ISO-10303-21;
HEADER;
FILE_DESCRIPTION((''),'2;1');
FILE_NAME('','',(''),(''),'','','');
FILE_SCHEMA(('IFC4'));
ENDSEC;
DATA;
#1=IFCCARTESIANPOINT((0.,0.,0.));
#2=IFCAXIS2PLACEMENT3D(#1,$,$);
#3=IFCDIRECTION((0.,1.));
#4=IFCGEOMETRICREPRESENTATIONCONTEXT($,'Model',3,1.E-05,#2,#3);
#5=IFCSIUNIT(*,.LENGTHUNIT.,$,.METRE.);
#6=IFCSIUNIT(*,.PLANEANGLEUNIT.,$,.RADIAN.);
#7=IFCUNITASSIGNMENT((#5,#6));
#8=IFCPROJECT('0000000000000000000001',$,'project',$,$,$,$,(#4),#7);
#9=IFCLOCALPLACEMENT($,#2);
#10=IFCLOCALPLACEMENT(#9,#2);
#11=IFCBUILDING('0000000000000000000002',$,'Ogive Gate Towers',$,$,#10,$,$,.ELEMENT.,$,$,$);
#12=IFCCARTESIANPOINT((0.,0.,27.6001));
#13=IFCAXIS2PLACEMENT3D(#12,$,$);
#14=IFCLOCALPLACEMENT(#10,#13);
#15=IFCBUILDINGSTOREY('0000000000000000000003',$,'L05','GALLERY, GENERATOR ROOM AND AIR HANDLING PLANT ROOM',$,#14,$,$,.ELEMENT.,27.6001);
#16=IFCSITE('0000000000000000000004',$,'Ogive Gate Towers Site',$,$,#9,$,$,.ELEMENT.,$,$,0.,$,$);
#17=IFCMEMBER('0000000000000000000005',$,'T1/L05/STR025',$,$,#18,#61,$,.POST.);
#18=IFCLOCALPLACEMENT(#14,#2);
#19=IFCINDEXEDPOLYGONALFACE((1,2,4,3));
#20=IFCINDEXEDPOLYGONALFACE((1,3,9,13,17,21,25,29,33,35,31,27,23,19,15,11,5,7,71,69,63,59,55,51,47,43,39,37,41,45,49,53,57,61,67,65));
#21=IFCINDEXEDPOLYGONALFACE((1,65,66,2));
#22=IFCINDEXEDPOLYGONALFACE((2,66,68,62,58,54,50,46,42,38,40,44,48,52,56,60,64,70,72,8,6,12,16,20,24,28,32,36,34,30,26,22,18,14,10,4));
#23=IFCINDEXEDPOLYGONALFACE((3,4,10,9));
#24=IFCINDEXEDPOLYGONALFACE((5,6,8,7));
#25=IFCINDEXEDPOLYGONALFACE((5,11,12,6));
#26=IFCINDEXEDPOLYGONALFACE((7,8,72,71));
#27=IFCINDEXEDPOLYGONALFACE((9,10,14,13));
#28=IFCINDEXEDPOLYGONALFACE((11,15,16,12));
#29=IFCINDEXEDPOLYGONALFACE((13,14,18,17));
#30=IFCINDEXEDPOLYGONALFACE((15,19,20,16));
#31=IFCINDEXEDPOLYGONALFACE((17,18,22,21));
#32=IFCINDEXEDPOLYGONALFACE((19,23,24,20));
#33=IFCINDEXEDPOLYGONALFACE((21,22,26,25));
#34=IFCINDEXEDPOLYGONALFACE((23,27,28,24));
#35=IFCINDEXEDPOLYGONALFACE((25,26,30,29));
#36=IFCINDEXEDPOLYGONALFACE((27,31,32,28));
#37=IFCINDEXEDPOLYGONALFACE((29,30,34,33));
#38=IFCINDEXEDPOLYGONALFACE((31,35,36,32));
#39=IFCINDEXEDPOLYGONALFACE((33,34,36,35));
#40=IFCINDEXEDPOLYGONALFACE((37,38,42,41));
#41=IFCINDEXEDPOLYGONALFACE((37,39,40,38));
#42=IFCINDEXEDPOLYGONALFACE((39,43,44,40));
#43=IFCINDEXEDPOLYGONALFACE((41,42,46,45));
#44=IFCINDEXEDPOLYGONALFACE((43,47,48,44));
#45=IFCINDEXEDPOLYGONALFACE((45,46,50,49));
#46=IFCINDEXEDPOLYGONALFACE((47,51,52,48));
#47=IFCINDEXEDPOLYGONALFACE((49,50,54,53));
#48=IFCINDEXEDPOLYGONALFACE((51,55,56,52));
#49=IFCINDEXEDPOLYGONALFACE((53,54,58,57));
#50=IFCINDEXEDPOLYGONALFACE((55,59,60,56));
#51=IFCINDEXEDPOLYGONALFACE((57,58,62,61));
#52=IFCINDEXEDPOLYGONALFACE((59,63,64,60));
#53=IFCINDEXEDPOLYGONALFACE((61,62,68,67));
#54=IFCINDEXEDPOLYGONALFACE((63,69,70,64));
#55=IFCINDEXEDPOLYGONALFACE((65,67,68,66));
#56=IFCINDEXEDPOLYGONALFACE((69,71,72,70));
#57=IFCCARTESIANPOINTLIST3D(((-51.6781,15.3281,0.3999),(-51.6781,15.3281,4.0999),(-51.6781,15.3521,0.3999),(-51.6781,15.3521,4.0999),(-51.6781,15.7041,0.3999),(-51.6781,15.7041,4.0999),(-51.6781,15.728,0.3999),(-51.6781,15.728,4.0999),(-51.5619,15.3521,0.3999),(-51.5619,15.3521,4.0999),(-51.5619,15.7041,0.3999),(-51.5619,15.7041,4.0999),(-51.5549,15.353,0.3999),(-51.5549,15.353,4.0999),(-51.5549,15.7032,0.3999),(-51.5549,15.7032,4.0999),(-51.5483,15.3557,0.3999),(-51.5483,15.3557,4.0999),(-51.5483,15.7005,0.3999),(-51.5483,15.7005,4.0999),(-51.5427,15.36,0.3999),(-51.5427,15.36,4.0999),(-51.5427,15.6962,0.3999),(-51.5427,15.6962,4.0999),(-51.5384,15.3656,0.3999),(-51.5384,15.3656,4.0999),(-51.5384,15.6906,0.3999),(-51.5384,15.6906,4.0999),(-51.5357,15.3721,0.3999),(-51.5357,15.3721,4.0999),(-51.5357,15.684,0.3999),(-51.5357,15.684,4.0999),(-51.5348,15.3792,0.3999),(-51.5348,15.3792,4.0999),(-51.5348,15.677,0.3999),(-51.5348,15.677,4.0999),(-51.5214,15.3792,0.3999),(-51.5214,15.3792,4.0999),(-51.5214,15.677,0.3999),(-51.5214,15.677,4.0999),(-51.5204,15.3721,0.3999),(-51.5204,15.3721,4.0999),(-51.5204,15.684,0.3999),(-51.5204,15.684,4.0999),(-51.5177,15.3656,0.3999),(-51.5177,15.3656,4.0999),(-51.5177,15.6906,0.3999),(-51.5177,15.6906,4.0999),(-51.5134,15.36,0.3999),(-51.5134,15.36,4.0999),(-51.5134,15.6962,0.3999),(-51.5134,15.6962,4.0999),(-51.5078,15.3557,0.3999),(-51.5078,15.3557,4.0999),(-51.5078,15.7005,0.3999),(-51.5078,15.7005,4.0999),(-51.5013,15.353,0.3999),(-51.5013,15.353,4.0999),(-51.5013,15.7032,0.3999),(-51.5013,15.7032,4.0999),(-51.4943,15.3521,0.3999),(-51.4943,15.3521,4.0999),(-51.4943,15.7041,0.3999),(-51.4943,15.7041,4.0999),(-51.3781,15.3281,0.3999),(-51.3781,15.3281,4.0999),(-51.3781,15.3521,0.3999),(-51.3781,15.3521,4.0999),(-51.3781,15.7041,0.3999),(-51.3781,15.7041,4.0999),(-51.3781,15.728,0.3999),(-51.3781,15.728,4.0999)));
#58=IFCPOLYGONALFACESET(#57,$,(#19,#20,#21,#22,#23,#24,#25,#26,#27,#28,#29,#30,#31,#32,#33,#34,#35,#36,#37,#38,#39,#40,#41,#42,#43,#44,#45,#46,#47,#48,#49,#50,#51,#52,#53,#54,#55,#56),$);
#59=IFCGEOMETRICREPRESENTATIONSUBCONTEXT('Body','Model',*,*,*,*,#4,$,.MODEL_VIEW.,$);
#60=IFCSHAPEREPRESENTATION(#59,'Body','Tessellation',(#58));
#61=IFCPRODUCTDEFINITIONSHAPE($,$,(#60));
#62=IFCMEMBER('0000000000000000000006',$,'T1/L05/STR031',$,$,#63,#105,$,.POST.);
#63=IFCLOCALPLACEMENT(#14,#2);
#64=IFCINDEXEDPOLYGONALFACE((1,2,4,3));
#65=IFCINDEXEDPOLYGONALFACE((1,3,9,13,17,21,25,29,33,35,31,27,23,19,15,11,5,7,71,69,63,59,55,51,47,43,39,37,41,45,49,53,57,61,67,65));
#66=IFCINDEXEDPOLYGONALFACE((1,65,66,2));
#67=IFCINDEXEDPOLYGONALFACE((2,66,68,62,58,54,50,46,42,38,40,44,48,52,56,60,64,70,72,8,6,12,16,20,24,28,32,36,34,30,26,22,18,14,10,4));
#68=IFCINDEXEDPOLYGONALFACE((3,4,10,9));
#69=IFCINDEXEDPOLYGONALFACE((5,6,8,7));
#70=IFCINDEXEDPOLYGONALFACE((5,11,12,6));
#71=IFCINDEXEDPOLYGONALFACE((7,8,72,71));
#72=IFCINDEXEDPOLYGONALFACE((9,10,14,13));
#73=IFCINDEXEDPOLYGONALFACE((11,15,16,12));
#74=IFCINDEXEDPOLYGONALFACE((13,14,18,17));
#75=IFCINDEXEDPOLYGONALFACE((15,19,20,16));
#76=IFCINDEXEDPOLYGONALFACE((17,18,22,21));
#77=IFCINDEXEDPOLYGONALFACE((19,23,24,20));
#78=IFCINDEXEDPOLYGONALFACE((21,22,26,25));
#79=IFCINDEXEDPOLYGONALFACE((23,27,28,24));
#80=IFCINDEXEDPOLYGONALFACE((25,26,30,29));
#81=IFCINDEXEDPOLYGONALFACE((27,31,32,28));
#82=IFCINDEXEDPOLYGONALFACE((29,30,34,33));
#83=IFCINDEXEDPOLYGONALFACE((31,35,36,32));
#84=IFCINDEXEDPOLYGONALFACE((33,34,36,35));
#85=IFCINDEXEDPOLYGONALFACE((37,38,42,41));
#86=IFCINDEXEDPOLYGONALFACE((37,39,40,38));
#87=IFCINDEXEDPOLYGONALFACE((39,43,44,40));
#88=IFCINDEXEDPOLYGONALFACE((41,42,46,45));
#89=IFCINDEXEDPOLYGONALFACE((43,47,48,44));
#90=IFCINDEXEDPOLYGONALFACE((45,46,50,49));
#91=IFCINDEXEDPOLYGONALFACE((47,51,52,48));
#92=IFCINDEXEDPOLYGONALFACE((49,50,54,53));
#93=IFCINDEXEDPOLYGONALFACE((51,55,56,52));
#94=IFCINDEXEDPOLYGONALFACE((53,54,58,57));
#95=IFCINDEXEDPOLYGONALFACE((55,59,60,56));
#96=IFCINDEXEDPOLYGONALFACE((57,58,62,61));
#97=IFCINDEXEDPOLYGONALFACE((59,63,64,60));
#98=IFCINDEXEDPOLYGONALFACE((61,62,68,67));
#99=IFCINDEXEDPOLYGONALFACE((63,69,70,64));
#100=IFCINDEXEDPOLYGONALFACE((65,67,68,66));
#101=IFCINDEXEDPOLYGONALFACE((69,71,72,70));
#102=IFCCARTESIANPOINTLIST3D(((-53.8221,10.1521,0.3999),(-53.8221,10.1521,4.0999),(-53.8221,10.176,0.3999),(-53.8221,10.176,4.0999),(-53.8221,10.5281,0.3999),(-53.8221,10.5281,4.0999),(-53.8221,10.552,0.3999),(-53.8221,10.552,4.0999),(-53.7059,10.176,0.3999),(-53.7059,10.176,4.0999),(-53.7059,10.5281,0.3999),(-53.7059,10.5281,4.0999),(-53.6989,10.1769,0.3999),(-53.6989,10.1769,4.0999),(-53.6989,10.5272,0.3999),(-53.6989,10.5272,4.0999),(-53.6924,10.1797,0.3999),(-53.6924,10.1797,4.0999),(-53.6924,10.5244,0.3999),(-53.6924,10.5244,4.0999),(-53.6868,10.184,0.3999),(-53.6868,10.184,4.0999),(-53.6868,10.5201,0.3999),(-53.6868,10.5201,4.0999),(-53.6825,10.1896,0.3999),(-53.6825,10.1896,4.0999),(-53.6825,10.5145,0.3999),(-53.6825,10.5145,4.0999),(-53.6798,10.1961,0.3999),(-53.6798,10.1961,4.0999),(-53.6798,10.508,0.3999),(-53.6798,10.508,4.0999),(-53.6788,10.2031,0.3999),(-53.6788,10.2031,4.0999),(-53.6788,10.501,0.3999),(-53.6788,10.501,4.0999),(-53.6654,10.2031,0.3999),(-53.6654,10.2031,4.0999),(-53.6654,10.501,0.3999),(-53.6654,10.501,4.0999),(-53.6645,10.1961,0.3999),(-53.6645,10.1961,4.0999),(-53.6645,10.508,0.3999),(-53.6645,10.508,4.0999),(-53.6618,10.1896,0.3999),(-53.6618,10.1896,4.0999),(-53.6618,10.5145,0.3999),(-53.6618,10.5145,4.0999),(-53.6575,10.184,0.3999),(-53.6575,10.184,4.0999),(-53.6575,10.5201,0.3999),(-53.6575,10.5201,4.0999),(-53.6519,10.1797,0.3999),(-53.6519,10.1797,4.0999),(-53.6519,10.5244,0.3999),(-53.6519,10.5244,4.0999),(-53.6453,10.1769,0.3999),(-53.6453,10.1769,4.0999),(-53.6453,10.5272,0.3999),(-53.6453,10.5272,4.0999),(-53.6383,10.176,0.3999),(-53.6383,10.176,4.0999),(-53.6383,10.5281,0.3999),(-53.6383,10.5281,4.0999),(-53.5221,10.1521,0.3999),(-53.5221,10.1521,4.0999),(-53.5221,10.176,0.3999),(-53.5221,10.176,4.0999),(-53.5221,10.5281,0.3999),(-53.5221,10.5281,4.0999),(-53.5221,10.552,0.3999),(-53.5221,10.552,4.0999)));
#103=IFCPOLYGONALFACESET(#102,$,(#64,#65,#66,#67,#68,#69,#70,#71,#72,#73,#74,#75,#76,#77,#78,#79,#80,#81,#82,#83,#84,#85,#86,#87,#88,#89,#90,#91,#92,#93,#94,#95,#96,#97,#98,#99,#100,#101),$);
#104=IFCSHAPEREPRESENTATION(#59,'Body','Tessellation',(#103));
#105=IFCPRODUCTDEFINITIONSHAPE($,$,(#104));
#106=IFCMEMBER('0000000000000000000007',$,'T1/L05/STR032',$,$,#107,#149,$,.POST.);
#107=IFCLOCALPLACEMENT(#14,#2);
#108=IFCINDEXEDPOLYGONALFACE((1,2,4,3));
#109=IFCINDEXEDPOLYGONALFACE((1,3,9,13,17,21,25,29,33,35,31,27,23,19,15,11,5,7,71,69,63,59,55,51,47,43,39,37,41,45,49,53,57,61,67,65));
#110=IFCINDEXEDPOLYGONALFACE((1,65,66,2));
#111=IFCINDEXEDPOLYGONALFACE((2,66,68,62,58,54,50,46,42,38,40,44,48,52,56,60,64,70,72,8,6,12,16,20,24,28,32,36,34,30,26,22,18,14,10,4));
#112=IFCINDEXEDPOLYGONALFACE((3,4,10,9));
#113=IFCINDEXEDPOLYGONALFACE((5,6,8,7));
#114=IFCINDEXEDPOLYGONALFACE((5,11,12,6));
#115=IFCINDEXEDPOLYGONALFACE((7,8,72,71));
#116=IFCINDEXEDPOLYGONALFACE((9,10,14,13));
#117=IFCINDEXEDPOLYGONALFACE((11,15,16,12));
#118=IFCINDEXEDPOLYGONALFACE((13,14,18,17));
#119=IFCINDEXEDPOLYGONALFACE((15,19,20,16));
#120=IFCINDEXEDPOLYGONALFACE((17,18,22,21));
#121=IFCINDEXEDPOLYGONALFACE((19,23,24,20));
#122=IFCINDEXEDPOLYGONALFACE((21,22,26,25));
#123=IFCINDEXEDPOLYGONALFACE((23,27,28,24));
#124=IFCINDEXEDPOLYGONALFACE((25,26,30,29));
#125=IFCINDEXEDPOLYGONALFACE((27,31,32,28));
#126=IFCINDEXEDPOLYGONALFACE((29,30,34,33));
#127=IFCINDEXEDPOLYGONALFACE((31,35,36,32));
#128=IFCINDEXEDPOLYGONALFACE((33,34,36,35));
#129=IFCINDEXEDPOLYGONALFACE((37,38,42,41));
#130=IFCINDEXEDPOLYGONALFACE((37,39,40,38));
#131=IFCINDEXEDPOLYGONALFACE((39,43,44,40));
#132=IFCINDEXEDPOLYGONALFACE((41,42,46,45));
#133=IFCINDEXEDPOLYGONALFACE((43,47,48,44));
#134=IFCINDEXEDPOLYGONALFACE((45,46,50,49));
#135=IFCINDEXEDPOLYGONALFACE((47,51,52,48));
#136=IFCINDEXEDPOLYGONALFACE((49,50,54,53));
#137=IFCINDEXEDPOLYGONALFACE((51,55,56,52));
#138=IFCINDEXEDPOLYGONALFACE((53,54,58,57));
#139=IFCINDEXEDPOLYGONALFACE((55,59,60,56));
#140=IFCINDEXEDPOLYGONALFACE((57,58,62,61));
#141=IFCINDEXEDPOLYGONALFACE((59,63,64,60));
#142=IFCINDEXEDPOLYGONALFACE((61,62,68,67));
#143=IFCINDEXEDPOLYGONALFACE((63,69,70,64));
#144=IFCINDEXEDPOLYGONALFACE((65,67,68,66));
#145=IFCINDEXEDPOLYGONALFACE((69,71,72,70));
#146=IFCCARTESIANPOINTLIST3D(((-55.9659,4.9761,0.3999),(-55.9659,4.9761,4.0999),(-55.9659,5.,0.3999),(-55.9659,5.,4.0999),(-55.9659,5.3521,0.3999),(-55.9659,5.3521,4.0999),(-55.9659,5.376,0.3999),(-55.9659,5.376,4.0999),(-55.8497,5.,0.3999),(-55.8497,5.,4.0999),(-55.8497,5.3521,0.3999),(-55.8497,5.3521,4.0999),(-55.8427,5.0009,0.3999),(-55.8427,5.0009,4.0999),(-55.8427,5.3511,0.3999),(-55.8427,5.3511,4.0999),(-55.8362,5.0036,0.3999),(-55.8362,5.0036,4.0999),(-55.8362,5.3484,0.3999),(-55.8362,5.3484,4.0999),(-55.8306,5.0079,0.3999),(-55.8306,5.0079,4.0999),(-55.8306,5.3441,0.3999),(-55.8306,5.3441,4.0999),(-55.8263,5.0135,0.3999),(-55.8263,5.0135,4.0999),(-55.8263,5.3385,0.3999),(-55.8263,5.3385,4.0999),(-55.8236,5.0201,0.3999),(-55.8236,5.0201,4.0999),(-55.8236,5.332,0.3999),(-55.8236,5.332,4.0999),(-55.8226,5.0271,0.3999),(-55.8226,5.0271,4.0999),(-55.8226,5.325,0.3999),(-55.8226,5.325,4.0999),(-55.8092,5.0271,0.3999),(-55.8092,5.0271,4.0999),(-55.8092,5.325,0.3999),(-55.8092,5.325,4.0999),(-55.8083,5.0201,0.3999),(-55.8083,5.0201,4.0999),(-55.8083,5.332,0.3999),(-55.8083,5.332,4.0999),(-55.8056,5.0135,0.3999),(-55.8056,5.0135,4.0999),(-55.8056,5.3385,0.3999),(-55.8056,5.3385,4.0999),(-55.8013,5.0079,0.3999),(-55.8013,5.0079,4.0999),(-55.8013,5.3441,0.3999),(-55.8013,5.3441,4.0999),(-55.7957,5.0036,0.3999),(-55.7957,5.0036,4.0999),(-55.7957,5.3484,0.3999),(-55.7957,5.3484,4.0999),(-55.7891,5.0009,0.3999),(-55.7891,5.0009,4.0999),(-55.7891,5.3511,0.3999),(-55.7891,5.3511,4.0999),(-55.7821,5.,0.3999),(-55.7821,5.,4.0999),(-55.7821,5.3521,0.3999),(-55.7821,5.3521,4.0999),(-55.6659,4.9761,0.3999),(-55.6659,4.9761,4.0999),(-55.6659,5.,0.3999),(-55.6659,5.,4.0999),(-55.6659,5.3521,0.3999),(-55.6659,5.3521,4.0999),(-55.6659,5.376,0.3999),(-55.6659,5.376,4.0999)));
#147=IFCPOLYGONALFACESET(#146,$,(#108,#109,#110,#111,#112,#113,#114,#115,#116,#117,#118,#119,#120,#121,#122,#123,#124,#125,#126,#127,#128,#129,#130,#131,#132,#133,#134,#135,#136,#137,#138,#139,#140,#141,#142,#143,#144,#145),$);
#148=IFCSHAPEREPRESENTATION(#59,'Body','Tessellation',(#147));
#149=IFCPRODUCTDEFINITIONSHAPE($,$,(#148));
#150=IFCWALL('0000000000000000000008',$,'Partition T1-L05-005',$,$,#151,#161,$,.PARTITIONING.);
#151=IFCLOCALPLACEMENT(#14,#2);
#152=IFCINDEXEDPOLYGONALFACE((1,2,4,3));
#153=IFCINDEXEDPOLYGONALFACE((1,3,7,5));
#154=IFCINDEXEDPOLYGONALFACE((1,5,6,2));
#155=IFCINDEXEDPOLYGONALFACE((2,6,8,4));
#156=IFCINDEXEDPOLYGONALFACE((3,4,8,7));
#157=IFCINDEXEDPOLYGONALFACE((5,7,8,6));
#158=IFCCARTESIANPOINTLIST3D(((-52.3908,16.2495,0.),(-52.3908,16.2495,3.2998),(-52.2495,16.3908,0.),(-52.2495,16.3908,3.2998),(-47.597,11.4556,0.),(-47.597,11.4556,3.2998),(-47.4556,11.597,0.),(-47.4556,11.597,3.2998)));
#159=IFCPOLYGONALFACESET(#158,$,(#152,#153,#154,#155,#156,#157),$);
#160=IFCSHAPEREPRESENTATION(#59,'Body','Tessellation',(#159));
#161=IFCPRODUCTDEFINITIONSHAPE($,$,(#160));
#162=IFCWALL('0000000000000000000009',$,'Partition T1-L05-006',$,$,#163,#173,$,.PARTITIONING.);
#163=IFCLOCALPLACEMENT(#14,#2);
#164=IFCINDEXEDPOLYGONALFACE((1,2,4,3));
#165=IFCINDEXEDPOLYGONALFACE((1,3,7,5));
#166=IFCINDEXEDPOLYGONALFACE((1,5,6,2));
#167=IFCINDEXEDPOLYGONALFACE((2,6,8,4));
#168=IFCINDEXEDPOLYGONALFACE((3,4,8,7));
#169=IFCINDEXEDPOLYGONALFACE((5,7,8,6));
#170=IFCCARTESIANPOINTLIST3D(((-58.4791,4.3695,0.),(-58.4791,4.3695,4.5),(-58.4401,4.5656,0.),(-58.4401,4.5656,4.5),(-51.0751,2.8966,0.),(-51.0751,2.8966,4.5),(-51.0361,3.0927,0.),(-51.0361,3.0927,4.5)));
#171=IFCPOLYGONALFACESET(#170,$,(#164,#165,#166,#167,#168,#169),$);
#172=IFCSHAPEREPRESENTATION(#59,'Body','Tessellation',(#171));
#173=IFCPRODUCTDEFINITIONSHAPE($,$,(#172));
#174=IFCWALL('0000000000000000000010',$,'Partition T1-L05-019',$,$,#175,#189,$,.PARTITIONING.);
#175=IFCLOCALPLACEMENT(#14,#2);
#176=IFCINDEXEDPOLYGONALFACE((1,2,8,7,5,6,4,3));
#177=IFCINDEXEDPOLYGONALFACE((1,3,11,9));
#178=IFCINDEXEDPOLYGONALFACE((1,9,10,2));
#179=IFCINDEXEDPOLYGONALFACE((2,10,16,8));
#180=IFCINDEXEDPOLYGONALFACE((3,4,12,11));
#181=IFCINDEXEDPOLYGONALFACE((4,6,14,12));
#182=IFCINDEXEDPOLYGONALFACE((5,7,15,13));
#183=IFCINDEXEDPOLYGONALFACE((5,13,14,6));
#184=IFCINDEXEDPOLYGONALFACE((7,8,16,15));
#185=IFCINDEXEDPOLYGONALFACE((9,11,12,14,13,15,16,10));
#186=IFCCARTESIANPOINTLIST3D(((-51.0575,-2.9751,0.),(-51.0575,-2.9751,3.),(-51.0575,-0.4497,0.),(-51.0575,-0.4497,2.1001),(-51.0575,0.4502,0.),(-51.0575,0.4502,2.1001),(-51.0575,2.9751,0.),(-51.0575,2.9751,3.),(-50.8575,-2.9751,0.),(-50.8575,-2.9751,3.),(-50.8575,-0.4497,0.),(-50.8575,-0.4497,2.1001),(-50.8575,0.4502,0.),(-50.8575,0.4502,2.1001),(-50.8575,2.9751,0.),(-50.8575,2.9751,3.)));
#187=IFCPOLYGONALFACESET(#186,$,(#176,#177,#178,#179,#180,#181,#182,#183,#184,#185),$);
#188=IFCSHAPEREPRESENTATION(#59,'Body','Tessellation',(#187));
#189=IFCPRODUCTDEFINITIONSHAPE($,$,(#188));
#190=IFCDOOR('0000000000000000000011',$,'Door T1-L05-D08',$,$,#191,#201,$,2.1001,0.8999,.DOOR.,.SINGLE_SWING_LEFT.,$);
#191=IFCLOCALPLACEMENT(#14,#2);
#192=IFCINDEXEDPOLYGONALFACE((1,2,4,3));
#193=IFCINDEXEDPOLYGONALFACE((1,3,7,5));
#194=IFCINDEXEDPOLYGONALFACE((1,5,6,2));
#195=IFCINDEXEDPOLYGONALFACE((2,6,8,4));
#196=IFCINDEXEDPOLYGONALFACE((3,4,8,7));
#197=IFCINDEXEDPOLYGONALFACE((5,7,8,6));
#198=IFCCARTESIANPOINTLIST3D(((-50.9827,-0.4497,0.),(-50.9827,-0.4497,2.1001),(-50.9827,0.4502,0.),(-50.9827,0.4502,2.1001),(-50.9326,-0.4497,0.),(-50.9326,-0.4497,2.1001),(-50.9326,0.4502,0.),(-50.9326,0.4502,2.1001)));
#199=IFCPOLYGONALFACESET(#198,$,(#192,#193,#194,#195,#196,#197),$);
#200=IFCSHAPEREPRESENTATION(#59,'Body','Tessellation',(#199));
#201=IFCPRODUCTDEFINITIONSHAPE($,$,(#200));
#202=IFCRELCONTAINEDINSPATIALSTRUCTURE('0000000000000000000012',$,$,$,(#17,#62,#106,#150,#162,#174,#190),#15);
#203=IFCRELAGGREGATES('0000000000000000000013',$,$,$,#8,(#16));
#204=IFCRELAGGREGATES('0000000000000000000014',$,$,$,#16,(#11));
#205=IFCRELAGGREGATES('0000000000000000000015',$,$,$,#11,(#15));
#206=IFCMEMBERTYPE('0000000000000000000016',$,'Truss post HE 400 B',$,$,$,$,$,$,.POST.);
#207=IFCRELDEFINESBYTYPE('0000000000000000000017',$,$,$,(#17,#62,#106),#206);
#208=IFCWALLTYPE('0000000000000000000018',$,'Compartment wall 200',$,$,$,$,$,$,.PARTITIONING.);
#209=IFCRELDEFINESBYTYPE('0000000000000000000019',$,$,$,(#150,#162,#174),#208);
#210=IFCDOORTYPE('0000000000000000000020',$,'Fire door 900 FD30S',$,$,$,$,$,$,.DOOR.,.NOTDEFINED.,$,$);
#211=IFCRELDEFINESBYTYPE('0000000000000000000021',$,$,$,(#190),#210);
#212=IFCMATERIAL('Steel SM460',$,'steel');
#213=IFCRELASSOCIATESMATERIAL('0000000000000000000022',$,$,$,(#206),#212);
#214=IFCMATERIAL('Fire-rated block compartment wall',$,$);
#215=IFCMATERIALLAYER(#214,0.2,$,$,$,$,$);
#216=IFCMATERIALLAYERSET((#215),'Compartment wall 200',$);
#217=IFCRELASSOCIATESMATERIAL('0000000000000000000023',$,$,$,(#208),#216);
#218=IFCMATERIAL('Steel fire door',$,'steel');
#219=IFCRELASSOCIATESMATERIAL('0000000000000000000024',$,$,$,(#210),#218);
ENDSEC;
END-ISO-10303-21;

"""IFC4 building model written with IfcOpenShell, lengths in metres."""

from ifc_helpers import new_model, si_unit, direction, frame, frame_2d, origin, origin_2d, place, context, subcontext, project, spatial, rectangle, i_section, extrude, material, layer, layer_set, material_profile, profile_set, type_object, element, fill, save


model = new_model("IFC4")

# Units and contexts
model_context = context("Model", 3, precision=1e-05, world=origin(), true_north=direction((0.0, 1.0)))
body_context = subcontext(model_context, "Body", "Model", "MODEL_VIEW")
ifc_project = project(units=[si_unit("LENGTHUNIT", "METRE"), si_unit("PLANEANGLEUNIT", "RADIAN")], contexts=[model_context])

# Site, building, storey
site_placement = place(None, origin())
site = spatial("IfcSite", under=ifc_project, at=site_placement, Name="Ogive Gate Towers Site", CompositionType="ELEMENT", RefElevation=0.0)
building_placement = place(site_placement, origin())
building = spatial("IfcBuilding", under=site, at=building_placement, Name="Ogive Gate Towers", CompositionType="ELEMENT")
storey_placement = place(building_placement, frame((0.0, 0.0, 27.6001)))
storey = spatial("IfcBuildingStorey", under=building, at=storey_placement, Name="L05", Description="GALLERY, GENERATOR ROOM AND AIR HANDLING PLANT ROOM", CompositionType="ELEMENT", Elevation=27.6001)

# Shared definitions
ifc_material_1 = material(Name="Steel SM460", Category="steel")

# Members
ifc_material_profile_1 = material_profile(ifc_material_1, i_section(OverallWidth=0.3, OverallDepth=0.3999, WebThickness=0.0134, FlangeThickness=0.0239, FilletRadius=0.0271, at=origin_2d()), Name="HE 400 B")
ifc_profile_set_1 = profile_set([ifc_material_profile_1], Name="Steel SM460")
member_type_1 = type_object("IfcMemberType", Name="Truss post HE 400 B", PredefinedType="POST", material=ifc_profile_set_1)
for number, where, z_axis, x_axis, name in (
    (1, (-51.5281, 15.5281, 0.3999), (0.0, 0.0, 1.0), (1.0, 0.0, 0.0), "T1/L05/STR025"),
    (2, (-53.6721, 10.3521, 0.3999), (0.0, 0.0, 1.0), (1.0, 0.0, 0.0), "T1/L05/STR031"),
    (3, (-55.8159, 5.176, 0.3999), (0.0, 0.0, 1.0), (1.0, 0.0, 0.0), "T1/L05/STR032"),
):
    element("IfcMember", number, at=place(storey_placement, frame(where, z_axis=z_axis, x_axis=x_axis)), inside=storey, type_object=member_type_1, Name=name, PredefinedType="POST", context=body_context, shape_type="SweptSolid", body=[
        extrude(i_section(OverallWidth=0.3, OverallDepth=0.3999, WebThickness=0.0134, FlangeThickness=0.0239, FilletRadius=0.0271, at=origin_2d()), origin(), (0.0, 0.0, 1.0), 3.7),
    ])

# Walls
ifc_material_2 = material(Name="Fire-rated block compartment wall")
ifc_layer_1 = layer(ifc_material_2, 0.2)
ifc_layer_set_1 = layer_set([ifc_layer_1], Name="Compartment wall 200")
wall_type_1 = type_object("IfcWallType", Name="Compartment wall 200", PredefinedType="PARTITIONING", material=ifc_layer_set_1)
wall_1_placement = place(storey_placement, frame((-52.3201, 16.3201, 0.0), z_axis=(0.0, 0.0, 1.0), x_axis=(0.707107, -0.707107, 0.0)))
element("IfcWall", 4, at=wall_1_placement, inside=storey, type_object=wall_type_1, Name="Partition T1-L05-005", PredefinedType="PARTITIONING", context=body_context, shape_type="SweptSolid", body=[
    extrude(rectangle(XDim=6.7795, YDim=0.2, at=frame_2d((3.3896, 0.0))), origin(), (0.0, 0.0, 1.0), 3.2998),
])
wall_2_placement = place(storey_placement, frame((-58.4595, 4.4675, 0.0), z_axis=(0.0, 0.0, 1.0), x_axis=(0.980782, -0.195109, 0.0)))
element("IfcWall", 5, at=wall_2_placement, inside=storey, type_object=wall_type_1, Name="Partition T1-L05-006", PredefinedType="PARTITIONING", context=body_context, shape_type="SweptSolid", body=[
    extrude(rectangle(XDim=7.5491, YDim=0.2, at=frame_2d((3.7744, 0.0))), origin(), (0.0, 0.0, 1.0), 4.5),
])

# Wall, opening, door
wall_3_placement = place(storey_placement, frame((-50.9575, 2.9751, 0.0), z_axis=(0.0, 0.0, 1.0), x_axis=(0.0, -1.0, 0.0)))
wall_3 = element("IfcWall", 6, at=wall_3_placement, inside=storey, type_object=wall_type_1, Name="Partition T1-L05-019", PredefinedType="PARTITIONING", context=body_context, shape_type="SweptSolid", body=[
    extrude(rectangle(XDim=5.9502, YDim=0.2, at=frame_2d((2.9751, 0.0))), origin(), (0.0, 0.0, 1.0), 3.0),
])
opening_placement = place(wall_3_placement, frame((2.5249, 0.0, 0.0)))
opening = element("IfcOpeningElement", 7, at=opening_placement, cuts=wall_3, PredefinedType="OPENING", context=body_context, shape_type="SweptSolid", body=[
    extrude(rectangle(XDim=0.8999, YDim=2.1001, at=frame_2d((0.45, 1.05))), frame((0.0, 0.1099, 0.0), z_axis=(0.0, -1.0, 0.0), x_axis=(1.0, 0.0, 0.0)), (0.0, 0.0, 1.0), 0.22),
])
ifc_material_3 = material(Name="Steel fire door", Category="steel")
door_type = type_object("IfcDoorType", Name="Fire door 900 FD30S", OperationType="NOTDEFINED", PredefinedType="DOOR", material=ifc_material_3)
door_placement = place(opening_placement, origin())
door = element("IfcDoor", 8, at=door_placement, inside=storey, type_object=door_type, Name="Door T1-L05-D08", OperationType="SINGLE_SWING_LEFT", OverallHeight=2.1001, OverallWidth=0.8999, PredefinedType="DOOR", context=body_context, shape_type="SweptSolid", body=[
    extrude(rectangle(XDim=0.8999, YDim=2.1001, at=frame_2d((0.45, 1.05))), frame((0.0, 0.0249, 0.0), z_axis=(0.0, -1.0, 0.0), x_axis=(1.0, 0.0, 0.0)), (0.0, 0.0, 1.0), 0.05),
])
fill(opening, door)

save(model, "model.ifc")
